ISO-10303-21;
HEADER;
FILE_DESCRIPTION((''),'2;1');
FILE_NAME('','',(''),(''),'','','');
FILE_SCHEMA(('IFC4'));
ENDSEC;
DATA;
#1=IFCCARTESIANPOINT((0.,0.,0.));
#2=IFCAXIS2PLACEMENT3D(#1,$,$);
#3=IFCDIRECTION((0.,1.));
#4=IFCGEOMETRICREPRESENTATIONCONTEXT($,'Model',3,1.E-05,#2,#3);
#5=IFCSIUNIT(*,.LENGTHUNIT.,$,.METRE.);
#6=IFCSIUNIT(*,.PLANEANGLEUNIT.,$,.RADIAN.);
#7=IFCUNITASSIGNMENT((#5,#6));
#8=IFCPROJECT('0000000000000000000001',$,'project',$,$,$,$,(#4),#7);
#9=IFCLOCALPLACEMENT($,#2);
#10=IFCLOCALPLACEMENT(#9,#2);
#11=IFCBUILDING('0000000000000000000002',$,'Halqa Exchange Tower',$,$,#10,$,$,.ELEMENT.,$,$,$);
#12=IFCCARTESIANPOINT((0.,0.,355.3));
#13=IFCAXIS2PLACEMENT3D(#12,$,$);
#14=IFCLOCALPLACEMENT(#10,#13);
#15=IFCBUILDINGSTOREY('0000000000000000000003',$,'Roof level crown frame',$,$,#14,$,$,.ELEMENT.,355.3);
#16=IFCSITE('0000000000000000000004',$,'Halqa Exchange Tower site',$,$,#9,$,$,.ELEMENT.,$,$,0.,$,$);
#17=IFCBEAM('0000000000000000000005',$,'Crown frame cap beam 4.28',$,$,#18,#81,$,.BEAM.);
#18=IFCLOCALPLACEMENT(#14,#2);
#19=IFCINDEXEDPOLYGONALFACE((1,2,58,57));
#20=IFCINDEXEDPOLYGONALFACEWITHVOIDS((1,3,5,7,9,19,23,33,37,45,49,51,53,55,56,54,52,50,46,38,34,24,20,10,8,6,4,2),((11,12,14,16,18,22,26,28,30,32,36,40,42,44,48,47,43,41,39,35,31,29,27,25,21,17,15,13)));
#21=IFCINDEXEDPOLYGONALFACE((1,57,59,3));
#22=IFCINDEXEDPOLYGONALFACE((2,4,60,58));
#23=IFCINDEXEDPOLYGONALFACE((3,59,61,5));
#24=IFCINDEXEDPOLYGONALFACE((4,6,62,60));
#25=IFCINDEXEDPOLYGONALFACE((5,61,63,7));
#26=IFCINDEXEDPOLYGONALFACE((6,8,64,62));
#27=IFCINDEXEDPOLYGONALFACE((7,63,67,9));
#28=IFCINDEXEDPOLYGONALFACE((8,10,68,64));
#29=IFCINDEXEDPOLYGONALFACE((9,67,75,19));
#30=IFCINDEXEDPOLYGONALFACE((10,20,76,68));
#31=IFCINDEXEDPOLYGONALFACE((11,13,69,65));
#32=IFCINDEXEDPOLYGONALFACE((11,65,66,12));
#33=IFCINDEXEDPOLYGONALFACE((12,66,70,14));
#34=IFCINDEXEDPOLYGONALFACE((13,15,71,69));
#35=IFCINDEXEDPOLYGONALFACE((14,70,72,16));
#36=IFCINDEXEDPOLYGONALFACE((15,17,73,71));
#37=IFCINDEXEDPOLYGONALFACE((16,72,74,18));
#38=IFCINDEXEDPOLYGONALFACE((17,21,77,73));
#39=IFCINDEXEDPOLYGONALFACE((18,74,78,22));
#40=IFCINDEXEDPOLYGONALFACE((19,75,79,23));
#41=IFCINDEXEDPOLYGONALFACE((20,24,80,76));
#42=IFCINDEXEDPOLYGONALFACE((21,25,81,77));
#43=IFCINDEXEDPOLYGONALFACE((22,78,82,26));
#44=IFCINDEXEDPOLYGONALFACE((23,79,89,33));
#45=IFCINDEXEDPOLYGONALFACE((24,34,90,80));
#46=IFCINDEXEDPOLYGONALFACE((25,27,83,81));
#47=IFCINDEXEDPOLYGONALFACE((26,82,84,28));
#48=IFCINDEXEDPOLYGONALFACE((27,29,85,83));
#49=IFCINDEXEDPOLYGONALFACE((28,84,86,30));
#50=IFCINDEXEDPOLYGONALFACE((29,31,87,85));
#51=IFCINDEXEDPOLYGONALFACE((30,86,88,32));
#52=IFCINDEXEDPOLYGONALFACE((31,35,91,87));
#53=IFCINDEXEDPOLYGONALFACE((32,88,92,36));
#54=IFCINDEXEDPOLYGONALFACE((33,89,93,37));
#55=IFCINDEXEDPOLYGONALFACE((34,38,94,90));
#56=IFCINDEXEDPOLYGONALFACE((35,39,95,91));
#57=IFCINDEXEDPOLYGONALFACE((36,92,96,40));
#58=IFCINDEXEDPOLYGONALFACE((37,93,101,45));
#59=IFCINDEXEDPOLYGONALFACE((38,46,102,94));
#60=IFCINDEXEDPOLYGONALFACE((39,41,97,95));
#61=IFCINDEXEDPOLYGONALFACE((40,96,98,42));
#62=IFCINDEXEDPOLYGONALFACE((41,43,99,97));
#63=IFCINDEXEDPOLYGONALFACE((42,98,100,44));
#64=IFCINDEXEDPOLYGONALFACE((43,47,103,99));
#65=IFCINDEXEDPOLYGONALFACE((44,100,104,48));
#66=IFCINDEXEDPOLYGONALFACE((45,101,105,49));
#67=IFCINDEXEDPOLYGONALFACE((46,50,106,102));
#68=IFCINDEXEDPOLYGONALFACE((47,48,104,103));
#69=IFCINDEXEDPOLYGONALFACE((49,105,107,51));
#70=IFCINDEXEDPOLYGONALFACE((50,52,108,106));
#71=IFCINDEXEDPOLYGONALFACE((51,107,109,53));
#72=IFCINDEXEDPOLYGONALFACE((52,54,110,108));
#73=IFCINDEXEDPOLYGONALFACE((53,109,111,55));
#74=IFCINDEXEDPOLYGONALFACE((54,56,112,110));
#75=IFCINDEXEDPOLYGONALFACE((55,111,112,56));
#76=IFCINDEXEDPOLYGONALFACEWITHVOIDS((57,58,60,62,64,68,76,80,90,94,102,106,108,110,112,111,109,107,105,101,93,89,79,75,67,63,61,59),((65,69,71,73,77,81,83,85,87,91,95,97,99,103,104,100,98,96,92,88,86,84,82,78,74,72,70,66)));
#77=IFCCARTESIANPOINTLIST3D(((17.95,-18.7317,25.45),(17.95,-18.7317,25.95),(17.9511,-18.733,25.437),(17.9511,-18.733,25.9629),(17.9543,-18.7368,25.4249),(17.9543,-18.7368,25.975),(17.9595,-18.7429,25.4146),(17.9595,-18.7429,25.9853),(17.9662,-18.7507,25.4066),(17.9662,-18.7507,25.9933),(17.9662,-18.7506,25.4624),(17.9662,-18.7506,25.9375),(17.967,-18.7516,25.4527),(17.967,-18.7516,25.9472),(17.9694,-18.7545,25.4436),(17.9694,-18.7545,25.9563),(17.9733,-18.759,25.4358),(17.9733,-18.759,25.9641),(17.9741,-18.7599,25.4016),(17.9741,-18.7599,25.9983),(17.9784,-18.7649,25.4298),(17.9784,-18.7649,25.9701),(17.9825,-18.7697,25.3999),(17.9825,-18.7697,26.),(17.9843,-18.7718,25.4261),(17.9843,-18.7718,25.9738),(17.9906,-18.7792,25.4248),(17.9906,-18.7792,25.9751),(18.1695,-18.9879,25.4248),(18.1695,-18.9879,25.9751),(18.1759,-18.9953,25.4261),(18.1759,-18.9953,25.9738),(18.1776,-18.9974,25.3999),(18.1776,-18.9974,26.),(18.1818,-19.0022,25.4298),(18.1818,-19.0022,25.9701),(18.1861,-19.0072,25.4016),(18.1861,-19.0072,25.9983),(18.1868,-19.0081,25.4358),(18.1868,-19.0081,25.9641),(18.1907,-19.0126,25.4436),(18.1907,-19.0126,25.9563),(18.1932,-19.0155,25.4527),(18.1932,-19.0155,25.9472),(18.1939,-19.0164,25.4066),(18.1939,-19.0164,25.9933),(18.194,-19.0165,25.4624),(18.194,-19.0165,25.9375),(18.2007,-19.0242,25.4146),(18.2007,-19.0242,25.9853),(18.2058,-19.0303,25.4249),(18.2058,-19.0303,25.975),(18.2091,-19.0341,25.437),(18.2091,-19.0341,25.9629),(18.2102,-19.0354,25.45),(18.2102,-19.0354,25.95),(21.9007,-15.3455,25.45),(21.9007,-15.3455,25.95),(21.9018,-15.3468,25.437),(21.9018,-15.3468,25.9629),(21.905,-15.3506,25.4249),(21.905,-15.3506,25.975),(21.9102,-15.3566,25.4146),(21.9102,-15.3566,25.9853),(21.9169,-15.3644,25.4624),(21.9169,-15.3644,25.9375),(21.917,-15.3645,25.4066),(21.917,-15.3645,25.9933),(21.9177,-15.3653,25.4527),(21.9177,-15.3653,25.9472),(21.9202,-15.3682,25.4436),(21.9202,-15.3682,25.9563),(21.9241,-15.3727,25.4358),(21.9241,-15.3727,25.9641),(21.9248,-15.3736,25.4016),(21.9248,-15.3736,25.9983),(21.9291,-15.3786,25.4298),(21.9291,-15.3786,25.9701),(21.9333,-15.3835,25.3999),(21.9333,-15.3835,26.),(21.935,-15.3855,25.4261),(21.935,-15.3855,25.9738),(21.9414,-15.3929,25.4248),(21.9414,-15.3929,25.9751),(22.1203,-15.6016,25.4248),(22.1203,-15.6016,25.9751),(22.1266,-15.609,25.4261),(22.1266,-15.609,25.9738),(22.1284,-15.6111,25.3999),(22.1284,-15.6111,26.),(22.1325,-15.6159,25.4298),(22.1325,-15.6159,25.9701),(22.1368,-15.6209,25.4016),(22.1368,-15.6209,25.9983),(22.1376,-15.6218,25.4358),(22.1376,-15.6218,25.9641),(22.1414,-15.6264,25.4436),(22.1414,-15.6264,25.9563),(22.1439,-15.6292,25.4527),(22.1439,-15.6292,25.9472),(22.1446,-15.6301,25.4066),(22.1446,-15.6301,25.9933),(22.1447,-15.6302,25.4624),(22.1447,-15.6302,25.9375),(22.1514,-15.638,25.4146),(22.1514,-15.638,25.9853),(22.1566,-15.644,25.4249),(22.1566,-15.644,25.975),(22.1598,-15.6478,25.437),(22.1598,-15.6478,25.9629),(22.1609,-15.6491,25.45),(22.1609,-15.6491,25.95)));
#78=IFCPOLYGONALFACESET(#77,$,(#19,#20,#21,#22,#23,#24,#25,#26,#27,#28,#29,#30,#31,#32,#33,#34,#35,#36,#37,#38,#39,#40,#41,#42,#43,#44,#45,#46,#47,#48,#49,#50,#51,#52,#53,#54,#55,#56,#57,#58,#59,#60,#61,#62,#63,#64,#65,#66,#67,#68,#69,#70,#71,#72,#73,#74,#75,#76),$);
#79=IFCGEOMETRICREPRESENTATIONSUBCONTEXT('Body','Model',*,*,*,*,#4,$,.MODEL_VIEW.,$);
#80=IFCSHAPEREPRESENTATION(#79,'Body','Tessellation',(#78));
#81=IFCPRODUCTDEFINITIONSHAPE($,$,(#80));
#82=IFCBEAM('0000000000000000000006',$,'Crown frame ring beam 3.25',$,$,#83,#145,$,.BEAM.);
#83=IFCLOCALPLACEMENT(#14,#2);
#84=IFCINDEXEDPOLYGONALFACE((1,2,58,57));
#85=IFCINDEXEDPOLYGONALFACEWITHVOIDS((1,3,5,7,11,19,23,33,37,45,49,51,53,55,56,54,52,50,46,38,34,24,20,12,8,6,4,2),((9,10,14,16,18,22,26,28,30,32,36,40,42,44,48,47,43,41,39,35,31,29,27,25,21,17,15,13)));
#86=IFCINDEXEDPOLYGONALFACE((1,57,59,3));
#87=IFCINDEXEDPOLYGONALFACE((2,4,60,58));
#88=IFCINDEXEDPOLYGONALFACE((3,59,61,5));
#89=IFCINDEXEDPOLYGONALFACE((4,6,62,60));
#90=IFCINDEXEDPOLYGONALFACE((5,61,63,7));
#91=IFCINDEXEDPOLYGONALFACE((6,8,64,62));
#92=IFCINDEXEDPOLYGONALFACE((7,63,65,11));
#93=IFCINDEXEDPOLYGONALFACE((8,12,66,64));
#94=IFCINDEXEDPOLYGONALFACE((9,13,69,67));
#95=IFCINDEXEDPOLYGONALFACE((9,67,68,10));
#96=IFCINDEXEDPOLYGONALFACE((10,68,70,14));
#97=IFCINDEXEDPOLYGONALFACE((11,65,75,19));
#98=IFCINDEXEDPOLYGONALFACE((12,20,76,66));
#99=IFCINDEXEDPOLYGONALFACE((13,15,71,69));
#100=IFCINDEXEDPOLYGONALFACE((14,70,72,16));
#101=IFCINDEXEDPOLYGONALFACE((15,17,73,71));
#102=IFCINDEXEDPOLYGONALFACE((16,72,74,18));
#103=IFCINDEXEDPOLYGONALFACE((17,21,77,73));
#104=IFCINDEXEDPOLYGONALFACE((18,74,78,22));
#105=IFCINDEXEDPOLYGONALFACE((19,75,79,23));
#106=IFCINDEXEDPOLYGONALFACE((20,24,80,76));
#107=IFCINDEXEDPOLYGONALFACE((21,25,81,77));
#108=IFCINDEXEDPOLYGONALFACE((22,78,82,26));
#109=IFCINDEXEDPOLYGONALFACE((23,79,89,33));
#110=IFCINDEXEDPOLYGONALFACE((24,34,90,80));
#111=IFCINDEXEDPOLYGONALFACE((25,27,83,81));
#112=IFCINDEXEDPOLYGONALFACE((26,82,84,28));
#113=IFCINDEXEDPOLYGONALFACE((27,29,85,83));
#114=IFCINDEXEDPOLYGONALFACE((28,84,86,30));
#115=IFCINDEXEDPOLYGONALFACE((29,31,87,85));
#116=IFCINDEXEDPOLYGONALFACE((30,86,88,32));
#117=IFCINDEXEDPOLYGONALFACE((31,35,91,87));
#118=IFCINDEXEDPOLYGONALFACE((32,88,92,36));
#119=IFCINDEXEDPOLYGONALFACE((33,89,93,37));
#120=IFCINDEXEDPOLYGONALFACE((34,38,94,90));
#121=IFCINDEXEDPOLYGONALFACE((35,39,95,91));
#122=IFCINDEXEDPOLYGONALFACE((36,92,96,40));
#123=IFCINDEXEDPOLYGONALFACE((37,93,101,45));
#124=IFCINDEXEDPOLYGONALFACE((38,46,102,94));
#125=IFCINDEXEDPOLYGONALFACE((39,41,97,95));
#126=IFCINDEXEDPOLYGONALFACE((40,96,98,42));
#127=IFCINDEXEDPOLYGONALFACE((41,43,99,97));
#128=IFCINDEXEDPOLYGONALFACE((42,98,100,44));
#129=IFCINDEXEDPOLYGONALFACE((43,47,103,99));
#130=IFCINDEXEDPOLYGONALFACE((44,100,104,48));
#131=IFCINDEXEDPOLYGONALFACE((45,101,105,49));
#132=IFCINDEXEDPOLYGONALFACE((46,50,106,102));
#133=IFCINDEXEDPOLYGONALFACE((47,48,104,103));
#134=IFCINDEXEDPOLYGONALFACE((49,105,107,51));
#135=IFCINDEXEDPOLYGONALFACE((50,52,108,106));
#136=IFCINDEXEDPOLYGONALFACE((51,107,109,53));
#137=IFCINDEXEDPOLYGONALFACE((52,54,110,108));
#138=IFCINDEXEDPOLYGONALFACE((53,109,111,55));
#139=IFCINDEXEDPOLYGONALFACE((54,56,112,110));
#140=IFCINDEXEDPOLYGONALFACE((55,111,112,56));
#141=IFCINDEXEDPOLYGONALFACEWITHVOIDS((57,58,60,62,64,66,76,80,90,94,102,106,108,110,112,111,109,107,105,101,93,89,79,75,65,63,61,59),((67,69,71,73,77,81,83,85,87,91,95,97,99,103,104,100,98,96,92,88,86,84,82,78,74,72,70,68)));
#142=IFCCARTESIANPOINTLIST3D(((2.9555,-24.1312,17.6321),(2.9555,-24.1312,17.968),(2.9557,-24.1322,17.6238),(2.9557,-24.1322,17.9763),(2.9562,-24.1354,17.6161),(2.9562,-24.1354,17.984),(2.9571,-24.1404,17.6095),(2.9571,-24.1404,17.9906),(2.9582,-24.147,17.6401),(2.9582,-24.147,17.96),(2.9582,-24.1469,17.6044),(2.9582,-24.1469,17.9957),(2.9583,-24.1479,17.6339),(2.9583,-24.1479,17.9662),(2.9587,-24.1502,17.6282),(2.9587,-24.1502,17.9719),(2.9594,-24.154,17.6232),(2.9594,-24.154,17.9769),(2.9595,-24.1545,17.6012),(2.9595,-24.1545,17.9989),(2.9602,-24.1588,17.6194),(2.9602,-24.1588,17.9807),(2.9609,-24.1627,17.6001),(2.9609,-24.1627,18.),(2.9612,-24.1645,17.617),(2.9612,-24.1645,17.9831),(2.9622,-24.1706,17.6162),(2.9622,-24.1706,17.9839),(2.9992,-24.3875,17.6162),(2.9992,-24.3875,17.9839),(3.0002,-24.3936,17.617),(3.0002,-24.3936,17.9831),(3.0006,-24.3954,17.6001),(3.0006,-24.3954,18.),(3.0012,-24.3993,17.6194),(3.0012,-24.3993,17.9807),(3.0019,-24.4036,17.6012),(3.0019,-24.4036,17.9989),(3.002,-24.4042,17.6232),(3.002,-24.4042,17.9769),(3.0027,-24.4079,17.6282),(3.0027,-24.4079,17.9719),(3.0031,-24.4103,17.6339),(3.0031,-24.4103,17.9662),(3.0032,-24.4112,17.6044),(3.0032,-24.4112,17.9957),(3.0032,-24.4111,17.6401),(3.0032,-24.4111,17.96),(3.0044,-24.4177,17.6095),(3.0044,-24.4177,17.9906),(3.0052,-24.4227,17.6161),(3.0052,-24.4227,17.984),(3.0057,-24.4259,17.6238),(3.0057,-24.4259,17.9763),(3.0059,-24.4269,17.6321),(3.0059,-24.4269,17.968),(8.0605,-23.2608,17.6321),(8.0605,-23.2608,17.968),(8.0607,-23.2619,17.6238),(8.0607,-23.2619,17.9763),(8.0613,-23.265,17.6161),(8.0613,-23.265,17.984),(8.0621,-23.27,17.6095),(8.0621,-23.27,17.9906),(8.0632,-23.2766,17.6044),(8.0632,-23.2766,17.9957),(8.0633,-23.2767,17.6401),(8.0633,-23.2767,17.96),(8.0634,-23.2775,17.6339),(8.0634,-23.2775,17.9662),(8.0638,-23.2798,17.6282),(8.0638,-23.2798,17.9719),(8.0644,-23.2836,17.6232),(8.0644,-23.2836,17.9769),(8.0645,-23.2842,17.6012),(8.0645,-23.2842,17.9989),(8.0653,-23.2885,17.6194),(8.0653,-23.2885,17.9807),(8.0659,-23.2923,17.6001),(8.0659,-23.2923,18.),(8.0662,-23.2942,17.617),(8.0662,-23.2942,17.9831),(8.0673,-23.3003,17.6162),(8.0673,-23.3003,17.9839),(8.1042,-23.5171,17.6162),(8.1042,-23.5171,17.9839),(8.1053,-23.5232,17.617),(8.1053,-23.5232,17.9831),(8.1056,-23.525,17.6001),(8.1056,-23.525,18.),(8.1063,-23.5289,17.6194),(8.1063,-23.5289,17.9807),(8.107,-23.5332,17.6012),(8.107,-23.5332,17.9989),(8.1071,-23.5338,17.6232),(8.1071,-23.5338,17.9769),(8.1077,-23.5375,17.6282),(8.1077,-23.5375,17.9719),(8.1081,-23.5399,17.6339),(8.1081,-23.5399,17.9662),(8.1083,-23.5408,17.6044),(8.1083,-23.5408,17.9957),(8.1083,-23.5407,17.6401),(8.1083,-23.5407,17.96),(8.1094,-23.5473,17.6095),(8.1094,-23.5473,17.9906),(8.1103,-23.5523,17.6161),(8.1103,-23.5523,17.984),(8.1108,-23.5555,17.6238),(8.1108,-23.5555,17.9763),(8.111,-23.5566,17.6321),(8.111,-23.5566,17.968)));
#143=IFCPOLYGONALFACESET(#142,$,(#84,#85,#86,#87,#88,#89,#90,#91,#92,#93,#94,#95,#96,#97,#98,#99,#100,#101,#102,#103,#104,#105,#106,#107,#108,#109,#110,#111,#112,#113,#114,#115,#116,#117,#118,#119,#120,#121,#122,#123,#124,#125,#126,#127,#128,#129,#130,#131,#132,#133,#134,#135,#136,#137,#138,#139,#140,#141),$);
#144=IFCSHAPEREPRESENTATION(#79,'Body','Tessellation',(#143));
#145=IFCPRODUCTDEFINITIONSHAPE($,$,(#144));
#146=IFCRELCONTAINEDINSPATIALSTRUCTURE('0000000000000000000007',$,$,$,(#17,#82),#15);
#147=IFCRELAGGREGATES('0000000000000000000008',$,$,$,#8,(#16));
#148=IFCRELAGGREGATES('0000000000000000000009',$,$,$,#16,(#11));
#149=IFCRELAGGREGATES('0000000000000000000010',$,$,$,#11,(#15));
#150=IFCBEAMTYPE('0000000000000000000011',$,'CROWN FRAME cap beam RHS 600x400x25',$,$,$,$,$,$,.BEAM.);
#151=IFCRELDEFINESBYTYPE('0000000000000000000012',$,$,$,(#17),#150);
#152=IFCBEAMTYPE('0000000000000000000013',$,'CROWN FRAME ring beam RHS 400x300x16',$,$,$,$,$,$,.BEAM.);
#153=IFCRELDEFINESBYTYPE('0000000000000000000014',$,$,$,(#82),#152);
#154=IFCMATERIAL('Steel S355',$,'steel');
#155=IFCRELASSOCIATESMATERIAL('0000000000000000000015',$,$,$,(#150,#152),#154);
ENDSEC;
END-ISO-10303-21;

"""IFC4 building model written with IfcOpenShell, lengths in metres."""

from ifc_helpers import new_model, si_unit, direction, frame, origin, origin_2d, place, context, subcontext, project, spatial, hollow_rectangle, extrude, material, material_profile, profile_set, type_object, element, save


model = new_model("IFC4")

# Units and contexts
model_context = context("Model", 3, precision=1e-05, world=origin(), true_north=direction((0.0, 1.0)))
body_context = subcontext(model_context, "Body", "Model", "MODEL_VIEW")
ifc_project = project(units=[si_unit("LENGTHUNIT", "METRE"), si_unit("PLANEANGLEUNIT", "RADIAN")], contexts=[model_context])

# Site, building, storey
site_placement = place(None, origin())
site = spatial("IfcSite", under=ifc_project, at=site_placement, Name="Halqa Exchange Tower site", CompositionType="ELEMENT", RefElevation=0.0)
building_placement = place(site_placement, origin())
building = spatial("IfcBuilding", under=site, at=building_placement, Name="Halqa Exchange Tower", CompositionType="ELEMENT")
storey_placement = place(building_placement, frame((0.0, 0.0, 355.3)))
storey = spatial("IfcBuildingStorey", under=building, at=storey_placement, Name="Roof level crown frame", CompositionType="ELEMENT", Elevation=355.3)

# Shared definitions
ifc_material_1 = material(Name="Steel S355", Category="steel")

# Beams
ifc_material_profile_1 = material_profile(ifc_material_1, hollow_rectangle(XDim=0.3999, YDim=0.6001, WallThickness=0.0249, InnerFilletRadius=0.0376, OuterFilletRadius=0.05, at=origin_2d()), Name="RHS 600x400x25")
ifc_profile_set_1 = profile_set([ifc_material_profile_1], Name="Steel S355")
beam_type_1 = type_object("IfcBeamType", Name="CROWN FRAME cap beam RHS 600x400x25", PredefinedType="BEAM", material=ifc_profile_set_1)
beam_1_placement = place(storey_placement, frame((18.0801, -18.8835, 25.7), z_axis=(0.759263, 0.650784, 0.0), x_axis=(-0.650784, 0.759263, 0.0)))
element("IfcBeam", 1, at=beam_1_placement, inside=storey, type_object=beam_type_1, Name="Crown frame cap beam 4.28", PredefinedType="BEAM", context=body_context, shape_type="SweptSolid", body=[
    extrude(hollow_rectangle(XDim=0.3999, YDim=0.6001, WallThickness=0.0249, InnerFilletRadius=0.0376, OuterFilletRadius=0.05, at=origin_2d()), origin(), (0.0, 0.0, 1.0), 5.2034),
])
ifc_material_profile_2 = material_profile(ifc_material_1, hollow_rectangle(XDim=0.3, YDim=0.3999, WallThickness=0.0161, InnerFilletRadius=0.0239, OuterFilletRadius=0.032, at=origin_2d()), Name="RHS 400x300x16")
ifc_profile_set_2 = profile_set([ifc_material_profile_2], Name="Steel S355")
beam_type_2 = type_object("IfcBeamType", Name="CROWN FRAME ring beam RHS 400x300x16", PredefinedType="BEAM", material=ifc_profile_set_2)
beam_2_placement = place(storey_placement, frame((2.9807, -24.2791, 17.8), z_axis=(0.985776, 0.168067, 0.0), x_axis=(-0.168067, 0.985776, 0.0)))
element("IfcBeam", 2, at=beam_2_placement, inside=storey, type_object=beam_type_2, Name="Crown frame ring beam 3.25", PredefinedType="BEAM", context=body_context, shape_type="SweptSolid", body=[
    extrude(hollow_rectangle(XDim=0.3, YDim=0.3999, WallThickness=0.0161, InnerFilletRadius=0.0239, OuterFilletRadius=0.032, at=origin_2d()), origin(), (0.0, 0.0, 1.0), 5.1787),
])

save(model, "model.ifc")
